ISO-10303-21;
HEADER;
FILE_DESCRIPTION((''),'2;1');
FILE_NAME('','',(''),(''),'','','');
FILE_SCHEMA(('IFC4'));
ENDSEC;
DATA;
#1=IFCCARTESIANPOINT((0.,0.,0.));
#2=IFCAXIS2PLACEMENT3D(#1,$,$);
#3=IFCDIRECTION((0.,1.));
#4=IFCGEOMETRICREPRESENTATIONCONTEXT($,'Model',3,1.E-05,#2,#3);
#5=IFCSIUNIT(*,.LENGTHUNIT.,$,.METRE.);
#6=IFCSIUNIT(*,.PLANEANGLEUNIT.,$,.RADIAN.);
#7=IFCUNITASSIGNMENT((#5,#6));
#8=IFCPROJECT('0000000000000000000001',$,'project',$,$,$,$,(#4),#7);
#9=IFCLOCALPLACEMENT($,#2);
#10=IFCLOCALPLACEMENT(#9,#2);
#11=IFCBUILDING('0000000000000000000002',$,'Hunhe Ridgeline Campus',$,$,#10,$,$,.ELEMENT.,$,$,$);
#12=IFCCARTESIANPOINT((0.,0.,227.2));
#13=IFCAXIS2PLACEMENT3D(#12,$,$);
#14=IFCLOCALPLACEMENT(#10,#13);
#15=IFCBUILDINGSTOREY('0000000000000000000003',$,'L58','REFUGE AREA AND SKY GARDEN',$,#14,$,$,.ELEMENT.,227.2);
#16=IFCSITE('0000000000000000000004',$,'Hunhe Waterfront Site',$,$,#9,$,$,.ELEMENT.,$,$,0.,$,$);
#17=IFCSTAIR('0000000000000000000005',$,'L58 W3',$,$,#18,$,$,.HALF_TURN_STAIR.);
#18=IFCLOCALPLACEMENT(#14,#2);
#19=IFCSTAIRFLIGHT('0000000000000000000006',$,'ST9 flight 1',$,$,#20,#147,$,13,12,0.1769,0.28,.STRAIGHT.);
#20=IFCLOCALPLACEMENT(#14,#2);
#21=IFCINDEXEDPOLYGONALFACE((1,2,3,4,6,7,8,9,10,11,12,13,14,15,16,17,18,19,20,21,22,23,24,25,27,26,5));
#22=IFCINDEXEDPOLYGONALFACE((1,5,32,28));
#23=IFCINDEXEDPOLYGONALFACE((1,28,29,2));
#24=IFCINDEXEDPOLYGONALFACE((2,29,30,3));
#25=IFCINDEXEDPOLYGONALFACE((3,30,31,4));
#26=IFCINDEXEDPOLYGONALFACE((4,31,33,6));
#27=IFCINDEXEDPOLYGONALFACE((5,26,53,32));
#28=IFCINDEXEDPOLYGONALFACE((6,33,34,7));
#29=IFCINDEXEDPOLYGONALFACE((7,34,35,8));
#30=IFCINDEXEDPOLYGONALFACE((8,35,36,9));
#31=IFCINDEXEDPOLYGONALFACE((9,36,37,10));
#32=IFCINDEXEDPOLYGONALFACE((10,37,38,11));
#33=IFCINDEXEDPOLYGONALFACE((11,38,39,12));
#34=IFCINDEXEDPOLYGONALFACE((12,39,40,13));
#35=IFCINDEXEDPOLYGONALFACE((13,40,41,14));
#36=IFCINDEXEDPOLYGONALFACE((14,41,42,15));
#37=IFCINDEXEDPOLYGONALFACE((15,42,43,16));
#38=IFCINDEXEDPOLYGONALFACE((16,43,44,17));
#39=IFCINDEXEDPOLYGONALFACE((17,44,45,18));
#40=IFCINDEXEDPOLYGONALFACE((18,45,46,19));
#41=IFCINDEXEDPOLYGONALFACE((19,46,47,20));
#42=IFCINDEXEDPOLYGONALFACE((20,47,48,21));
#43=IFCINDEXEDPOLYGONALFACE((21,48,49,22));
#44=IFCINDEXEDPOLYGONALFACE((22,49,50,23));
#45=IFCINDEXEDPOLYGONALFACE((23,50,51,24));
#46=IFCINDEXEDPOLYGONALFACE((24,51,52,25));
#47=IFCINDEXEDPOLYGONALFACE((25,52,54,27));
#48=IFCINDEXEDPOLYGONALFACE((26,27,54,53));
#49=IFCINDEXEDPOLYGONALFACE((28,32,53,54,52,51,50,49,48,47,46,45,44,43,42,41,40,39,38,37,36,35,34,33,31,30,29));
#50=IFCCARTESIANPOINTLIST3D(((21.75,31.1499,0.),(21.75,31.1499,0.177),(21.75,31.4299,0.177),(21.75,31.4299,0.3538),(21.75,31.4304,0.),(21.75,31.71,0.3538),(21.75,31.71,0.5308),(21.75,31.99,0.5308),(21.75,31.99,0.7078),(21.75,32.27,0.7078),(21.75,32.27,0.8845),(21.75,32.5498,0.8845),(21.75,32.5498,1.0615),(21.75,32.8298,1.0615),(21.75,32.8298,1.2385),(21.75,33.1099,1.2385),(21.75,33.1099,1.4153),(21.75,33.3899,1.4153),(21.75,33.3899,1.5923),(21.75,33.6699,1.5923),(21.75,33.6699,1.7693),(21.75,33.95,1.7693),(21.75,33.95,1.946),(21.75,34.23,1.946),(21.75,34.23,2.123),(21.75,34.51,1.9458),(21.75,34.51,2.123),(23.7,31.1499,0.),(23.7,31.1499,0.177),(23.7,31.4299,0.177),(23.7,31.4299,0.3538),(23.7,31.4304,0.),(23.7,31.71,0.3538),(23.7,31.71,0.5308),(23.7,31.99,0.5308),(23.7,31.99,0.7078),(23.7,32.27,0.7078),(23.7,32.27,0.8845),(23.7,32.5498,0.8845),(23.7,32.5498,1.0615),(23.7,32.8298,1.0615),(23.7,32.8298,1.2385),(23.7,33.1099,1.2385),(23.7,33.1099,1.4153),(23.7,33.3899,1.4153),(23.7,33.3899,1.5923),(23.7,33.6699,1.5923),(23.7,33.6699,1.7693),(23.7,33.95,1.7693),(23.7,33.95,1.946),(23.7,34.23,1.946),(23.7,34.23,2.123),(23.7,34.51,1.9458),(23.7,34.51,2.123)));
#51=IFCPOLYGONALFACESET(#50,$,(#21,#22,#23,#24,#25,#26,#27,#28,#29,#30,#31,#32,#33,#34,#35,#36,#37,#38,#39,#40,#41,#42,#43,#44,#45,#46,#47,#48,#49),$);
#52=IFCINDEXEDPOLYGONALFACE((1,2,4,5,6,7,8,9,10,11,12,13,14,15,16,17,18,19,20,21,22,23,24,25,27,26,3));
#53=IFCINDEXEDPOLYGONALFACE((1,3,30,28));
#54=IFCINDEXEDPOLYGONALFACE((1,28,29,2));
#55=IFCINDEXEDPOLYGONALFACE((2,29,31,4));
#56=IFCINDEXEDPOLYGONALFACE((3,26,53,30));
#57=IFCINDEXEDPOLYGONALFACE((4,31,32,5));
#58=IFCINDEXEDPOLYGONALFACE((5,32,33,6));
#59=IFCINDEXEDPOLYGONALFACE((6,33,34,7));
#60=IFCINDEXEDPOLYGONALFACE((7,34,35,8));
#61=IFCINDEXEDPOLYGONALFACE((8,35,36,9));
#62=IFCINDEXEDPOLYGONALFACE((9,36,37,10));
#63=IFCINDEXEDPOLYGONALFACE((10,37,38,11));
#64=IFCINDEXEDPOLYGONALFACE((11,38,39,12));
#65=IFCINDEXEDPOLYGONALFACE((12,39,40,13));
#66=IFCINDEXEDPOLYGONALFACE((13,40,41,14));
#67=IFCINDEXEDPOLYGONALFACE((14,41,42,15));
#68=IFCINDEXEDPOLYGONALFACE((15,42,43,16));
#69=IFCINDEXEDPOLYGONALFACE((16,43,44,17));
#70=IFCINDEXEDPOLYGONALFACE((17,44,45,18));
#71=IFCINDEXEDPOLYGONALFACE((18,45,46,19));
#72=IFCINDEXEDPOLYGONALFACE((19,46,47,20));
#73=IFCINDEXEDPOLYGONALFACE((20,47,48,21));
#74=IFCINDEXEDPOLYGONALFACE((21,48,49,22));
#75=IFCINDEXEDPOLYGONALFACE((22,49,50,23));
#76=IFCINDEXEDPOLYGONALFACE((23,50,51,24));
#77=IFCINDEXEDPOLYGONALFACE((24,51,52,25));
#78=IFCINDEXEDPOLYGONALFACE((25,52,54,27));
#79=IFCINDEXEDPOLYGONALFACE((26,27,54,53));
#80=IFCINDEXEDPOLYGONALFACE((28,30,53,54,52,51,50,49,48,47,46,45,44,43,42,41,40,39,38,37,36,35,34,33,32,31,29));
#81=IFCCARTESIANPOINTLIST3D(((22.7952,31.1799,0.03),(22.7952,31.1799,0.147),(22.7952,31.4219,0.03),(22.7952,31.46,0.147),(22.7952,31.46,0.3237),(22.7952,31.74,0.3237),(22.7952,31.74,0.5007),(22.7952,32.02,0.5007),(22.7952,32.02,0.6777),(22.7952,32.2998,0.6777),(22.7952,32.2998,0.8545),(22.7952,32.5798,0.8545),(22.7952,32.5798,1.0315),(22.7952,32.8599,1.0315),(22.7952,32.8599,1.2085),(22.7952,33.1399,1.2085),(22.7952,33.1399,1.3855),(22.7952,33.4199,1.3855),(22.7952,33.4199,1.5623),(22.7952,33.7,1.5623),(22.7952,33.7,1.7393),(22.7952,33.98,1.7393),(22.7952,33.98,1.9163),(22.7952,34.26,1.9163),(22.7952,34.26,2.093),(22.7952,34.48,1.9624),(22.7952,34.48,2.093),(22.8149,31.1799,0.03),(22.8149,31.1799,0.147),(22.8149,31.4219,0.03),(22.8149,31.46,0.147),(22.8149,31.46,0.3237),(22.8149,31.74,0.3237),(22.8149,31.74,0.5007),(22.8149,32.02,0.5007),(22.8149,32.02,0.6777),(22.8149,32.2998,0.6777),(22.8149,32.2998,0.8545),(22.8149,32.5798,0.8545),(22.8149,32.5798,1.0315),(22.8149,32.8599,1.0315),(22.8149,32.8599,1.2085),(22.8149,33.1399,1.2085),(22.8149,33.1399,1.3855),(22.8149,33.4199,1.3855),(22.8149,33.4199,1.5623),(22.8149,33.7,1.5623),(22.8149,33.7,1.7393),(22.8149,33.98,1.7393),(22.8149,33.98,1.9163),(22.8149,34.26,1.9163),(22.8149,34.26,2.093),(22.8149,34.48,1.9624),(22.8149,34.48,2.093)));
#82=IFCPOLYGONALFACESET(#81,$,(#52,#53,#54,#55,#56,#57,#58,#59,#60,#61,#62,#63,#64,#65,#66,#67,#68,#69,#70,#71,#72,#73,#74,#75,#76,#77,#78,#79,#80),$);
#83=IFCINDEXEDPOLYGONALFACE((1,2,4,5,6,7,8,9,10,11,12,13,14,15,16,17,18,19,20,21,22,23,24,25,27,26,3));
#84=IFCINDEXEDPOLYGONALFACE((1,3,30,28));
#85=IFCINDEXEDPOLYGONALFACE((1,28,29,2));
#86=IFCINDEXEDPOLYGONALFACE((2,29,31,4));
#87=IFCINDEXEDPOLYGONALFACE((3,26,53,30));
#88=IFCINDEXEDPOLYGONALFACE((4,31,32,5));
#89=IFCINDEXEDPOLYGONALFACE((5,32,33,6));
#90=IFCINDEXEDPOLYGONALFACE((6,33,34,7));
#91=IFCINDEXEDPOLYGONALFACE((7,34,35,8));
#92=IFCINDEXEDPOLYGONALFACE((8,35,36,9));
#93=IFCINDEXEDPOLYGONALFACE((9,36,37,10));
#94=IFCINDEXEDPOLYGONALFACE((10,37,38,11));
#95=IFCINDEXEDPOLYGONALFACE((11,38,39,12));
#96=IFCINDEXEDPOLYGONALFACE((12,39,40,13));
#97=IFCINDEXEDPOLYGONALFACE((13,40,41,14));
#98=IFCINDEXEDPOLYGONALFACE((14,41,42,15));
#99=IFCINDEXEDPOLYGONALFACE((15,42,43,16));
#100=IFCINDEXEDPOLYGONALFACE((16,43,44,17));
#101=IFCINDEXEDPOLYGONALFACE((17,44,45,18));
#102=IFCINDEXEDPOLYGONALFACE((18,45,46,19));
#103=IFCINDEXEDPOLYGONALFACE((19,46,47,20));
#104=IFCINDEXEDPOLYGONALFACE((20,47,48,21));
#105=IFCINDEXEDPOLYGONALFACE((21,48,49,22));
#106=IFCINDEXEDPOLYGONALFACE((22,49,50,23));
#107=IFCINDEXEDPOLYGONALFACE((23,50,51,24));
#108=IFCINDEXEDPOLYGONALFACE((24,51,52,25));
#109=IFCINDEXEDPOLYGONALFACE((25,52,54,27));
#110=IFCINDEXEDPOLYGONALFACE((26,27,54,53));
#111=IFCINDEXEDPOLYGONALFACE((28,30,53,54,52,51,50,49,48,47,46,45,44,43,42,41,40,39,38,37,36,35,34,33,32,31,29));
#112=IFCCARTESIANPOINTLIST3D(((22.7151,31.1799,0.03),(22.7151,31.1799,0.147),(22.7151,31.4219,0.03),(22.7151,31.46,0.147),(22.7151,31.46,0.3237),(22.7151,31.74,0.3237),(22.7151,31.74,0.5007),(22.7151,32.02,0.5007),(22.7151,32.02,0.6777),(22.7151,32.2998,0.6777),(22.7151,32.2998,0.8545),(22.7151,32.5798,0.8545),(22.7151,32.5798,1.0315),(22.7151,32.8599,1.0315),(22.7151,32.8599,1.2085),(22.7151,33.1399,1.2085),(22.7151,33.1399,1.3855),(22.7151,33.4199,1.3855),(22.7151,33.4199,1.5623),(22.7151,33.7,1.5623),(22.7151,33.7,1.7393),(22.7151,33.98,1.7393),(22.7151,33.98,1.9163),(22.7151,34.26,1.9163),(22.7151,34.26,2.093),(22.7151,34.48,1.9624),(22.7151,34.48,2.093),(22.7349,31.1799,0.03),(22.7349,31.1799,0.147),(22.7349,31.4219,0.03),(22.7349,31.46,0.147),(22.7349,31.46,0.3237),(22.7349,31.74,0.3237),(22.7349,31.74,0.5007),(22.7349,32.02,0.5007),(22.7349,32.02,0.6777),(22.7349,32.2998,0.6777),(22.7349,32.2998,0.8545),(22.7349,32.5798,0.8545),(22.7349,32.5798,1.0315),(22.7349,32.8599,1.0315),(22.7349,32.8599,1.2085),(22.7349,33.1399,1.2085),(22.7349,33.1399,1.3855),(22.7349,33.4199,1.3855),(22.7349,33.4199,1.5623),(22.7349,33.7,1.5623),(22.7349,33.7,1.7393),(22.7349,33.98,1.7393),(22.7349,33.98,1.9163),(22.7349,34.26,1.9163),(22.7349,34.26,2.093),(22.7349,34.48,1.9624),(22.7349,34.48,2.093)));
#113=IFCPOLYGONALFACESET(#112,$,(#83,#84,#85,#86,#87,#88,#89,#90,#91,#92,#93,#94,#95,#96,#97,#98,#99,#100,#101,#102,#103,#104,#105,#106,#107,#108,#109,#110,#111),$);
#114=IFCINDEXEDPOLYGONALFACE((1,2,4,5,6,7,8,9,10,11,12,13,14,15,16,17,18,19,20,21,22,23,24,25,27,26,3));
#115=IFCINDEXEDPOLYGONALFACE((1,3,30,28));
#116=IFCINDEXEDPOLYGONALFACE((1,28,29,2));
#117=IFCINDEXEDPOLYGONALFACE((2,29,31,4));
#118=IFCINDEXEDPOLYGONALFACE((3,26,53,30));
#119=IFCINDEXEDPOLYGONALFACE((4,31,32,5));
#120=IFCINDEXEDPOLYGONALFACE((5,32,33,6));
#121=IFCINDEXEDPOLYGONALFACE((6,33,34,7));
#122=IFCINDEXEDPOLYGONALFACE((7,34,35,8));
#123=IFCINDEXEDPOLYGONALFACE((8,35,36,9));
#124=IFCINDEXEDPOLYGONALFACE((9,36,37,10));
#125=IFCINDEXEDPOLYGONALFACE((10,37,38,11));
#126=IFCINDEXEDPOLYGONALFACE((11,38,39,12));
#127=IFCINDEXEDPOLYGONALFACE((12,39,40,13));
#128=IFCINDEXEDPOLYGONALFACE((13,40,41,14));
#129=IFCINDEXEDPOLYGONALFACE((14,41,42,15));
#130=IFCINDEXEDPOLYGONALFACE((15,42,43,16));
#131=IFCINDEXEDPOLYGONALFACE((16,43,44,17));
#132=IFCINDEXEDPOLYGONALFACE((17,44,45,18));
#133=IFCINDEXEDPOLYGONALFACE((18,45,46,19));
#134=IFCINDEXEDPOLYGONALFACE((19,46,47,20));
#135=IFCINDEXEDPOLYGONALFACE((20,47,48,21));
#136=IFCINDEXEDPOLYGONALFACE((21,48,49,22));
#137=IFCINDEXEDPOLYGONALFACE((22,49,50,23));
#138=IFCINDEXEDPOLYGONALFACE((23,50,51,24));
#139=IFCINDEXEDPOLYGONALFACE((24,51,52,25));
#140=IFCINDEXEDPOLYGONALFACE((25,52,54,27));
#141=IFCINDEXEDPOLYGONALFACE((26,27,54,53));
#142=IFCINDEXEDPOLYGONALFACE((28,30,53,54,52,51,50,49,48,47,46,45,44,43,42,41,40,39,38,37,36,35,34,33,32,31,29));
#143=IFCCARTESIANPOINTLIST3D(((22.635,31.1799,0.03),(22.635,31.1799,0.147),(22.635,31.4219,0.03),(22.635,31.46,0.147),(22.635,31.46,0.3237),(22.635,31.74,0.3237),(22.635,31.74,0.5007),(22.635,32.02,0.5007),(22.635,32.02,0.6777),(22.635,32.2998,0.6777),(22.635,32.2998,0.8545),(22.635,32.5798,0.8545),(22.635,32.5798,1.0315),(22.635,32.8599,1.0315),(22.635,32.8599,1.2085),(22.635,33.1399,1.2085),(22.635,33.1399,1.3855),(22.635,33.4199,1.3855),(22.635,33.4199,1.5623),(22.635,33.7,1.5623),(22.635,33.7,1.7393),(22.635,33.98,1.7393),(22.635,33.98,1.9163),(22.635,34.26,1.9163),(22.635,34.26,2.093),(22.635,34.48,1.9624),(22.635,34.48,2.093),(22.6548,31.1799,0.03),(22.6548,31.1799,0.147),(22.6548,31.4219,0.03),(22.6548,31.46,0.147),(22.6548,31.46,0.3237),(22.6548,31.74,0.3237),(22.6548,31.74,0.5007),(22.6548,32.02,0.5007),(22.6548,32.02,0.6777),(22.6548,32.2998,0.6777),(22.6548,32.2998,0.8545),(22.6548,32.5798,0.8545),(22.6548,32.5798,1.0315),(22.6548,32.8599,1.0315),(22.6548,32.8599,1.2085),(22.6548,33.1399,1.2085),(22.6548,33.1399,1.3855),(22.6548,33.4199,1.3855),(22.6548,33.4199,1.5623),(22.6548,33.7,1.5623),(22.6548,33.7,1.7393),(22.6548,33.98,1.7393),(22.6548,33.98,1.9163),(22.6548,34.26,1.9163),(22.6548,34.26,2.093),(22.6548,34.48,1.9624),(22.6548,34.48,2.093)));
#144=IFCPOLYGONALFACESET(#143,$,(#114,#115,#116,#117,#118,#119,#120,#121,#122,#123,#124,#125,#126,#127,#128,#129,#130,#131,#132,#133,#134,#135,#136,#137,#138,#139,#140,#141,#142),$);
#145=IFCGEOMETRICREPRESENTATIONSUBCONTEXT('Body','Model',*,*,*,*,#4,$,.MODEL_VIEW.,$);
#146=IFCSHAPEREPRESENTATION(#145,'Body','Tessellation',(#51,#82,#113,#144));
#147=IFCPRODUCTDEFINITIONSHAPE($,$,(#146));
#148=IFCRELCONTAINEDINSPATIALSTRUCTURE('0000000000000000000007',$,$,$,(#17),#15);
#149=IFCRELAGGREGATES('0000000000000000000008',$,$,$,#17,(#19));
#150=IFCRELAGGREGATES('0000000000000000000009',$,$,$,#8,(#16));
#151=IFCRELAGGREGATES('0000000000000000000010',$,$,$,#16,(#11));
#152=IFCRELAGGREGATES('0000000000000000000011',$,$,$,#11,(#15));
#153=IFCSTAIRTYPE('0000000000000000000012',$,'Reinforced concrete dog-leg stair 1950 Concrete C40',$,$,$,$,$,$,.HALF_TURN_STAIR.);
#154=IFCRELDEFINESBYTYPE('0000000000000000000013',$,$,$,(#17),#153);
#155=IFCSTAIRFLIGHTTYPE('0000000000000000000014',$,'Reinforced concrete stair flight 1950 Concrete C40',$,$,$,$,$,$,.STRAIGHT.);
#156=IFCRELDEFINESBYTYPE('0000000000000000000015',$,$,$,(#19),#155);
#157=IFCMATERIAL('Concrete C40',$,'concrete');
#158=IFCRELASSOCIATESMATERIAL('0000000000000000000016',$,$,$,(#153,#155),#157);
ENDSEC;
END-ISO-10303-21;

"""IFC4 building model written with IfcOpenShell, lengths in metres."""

from ifc_helpers import new_model, si_unit, direction, frame, origin, place, context, subcontext, project, spatial, polyline, outline, extrude, material, type_object, element, aggregate, save


model = new_model("IFC4")

# Units and contexts
model_context = context("Model", 3, precision=1e-05, world=origin(), true_north=direction((0.0, 1.0)))
body_context = subcontext(model_context, "Body", "Model", "MODEL_VIEW")
ifc_project = project(units=[si_unit("LENGTHUNIT", "METRE"), si_unit("PLANEANGLEUNIT", "RADIAN")], contexts=[model_context])

# Site, building, storey
site_placement = place(None, origin())
site = spatial("IfcSite", under=ifc_project, at=site_placement, Name="Hunhe Waterfront Site", CompositionType="ELEMENT", RefElevation=0.0)
building_placement = place(site_placement, origin())
building = spatial("IfcBuilding", under=site, at=building_placement, Name="Hunhe Ridgeline Campus", CompositionType="ELEMENT")
storey_placement = place(building_placement, frame((0.0, 0.0, 227.2)))
storey = spatial("IfcBuildingStorey", under=building, at=storey_placement, Name="L58", Description="REFUGE AREA AND SKY GARDEN", CompositionType="ELEMENT", Elevation=227.2)

# Stair, stair flight
ifc_material_1 = material(Name="Concrete C40", Category="concrete")
stair_type = type_object("IfcStairType", Name="Reinforced concrete dog-leg stair 1950 Concrete C40", PredefinedType="HALF_TURN_STAIR", material=ifc_material_1)
stair_placement = place(storey_placement, origin())
stair = element("IfcStair", 1, at=stair_placement, inside=storey, type_object=stair_type, Name="L58 W3", PredefinedType="HALF_TURN_STAIR")
stair_flight_type = type_object("IfcStairFlightType", Name="Reinforced concrete stair flight 1950 Concrete C40", PredefinedType="STRAIGHT", material=ifc_material_1)
stair_flight_placement = place(storey_placement, frame((22.7251, 31.1499, 0.0), z_axis=(0.0, 0.0, 1.0), x_axis=(0.0, 1.0, 0.0)))
stair_flight = element("IfcStairFlight", 2, at=stair_flight_placement, type_object=stair_flight_type, Name="ST9 flight 1", NumberOfRisers=13, NumberOfTreads=12, PredefinedType="STRAIGHT", RiserHeight=0.1769, TreadLength=0.28, context=body_context, shape_type="SweptSolid", body=[
    extrude(outline(polyline([(0.0, 0.0), (0.0, 0.177), (0.28, 0.177), (0.28, 0.3538), (0.5601, 0.3538), (0.5601, 0.5308), (0.8401, 0.5308), (0.8401, 0.7078), (1.1201, 0.7078), (1.1201, 0.8845), (1.3999, 0.8845), (1.3999, 1.0615), (1.6799, 1.0615), (1.6799, 1.2385), (1.96, 1.2385), (1.96, 1.4153), (2.24, 1.4153), (2.24, 1.5923), (2.52, 1.5923), (2.52, 1.7693), (2.8, 1.7693), (2.8, 1.946), (3.0801, 1.946), (3.0801, 2.123), (3.3601, 2.123), (3.3601, 2.3), (3.3601, 1.9458), (0.2805, 0.0), (0.0, 0.0)])), frame((0.0, 0.9751, 0.0), z_axis=(0.0, -1.0, 0.0), x_axis=(1.0, 0.0, 0.0)), (0.0, 0.0, 1.0), 1.95),
    extrude(outline(polyline([(0.03, 0.03), (0.03, 0.147), (0.3101, 0.147), (0.3101, 0.3237), (0.5901, 0.3237), (0.5901, 0.5007), (0.8701, 0.5007), (0.8701, 0.6777), (1.1499, 0.6777), (1.1499, 0.8545), (1.4299, 0.8545), (1.4299, 1.0315), (1.71, 1.0315), (1.71, 1.2085), (1.99, 1.2085), (1.99, 1.3855), (2.27, 1.3855), (2.27, 1.5623), (2.55, 1.5623), (2.55, 1.7393), (2.8301, 1.7393), (2.8301, 1.9163), (3.1101, 1.9163), (3.1101, 2.093), (3.3301, 2.093), (3.3301, 1.9624), (0.272, 0.03), (0.03, 0.03)])), frame((0.0, -0.0701, 0.0), z_axis=(0.0, -1.0, 0.0), x_axis=(1.0, 0.0, 0.0)), (0.0, 0.0, 1.0), 0.0198),
    extrude(outline(polyline([(0.03, 0.03), (0.03, 0.147), (0.3101, 0.147), (0.3101, 0.3237), (0.5901, 0.3237), (0.5901, 0.5007), (0.8701, 0.5007), (0.8701, 0.6777), (1.1499, 0.6777), (1.1499, 0.8545), (1.4299, 0.8545), (1.4299, 1.0315), (1.71, 1.0315), (1.71, 1.2085), (1.99, 1.2085), (1.99, 1.3855), (2.27, 1.3855), (2.27, 1.5623), (2.55, 1.5623), (2.55, 1.7393), (2.8301, 1.7393), (2.8301, 1.9163), (3.1101, 1.9163), (3.1101, 2.093), (3.3301, 2.093), (3.3301, 1.9624), (0.272, 0.03), (0.03, 0.03)])), frame((0.0, 0.01, 0.0), z_axis=(0.0, -1.0, 0.0), x_axis=(1.0, 0.0, 0.0)), (0.0, 0.0, 1.0), 0.0198),
    extrude(outline(polyline([(0.03, 0.03), (0.03, 0.147), (0.3101, 0.147), (0.3101, 0.3237), (0.5901, 0.3237), (0.5901, 0.5007), (0.8701, 0.5007), (0.8701, 0.6777), (1.1499, 0.6777), (1.1499, 0.8545), (1.4299, 0.8545), (1.4299, 1.0315), (1.71, 1.0315), (1.71, 1.2085), (1.99, 1.2085), (1.99, 1.3855), (2.27, 1.3855), (2.27, 1.5623), (2.55, 1.5623), (2.55, 1.7393), (2.8301, 1.7393), (2.8301, 1.9163), (3.1101, 1.9163), (3.1101, 2.093), (3.3301, 2.093), (3.3301, 1.9624), (0.272, 0.03), (0.03, 0.03)])), frame((0.0, 0.0901, 0.0), z_axis=(0.0, -1.0, 0.0), x_axis=(1.0, 0.0, 0.0)), (0.0, 0.0, 1.0), 0.0198),
])
aggregate(stair, [stair_flight])

save(model, "model.ifc")
